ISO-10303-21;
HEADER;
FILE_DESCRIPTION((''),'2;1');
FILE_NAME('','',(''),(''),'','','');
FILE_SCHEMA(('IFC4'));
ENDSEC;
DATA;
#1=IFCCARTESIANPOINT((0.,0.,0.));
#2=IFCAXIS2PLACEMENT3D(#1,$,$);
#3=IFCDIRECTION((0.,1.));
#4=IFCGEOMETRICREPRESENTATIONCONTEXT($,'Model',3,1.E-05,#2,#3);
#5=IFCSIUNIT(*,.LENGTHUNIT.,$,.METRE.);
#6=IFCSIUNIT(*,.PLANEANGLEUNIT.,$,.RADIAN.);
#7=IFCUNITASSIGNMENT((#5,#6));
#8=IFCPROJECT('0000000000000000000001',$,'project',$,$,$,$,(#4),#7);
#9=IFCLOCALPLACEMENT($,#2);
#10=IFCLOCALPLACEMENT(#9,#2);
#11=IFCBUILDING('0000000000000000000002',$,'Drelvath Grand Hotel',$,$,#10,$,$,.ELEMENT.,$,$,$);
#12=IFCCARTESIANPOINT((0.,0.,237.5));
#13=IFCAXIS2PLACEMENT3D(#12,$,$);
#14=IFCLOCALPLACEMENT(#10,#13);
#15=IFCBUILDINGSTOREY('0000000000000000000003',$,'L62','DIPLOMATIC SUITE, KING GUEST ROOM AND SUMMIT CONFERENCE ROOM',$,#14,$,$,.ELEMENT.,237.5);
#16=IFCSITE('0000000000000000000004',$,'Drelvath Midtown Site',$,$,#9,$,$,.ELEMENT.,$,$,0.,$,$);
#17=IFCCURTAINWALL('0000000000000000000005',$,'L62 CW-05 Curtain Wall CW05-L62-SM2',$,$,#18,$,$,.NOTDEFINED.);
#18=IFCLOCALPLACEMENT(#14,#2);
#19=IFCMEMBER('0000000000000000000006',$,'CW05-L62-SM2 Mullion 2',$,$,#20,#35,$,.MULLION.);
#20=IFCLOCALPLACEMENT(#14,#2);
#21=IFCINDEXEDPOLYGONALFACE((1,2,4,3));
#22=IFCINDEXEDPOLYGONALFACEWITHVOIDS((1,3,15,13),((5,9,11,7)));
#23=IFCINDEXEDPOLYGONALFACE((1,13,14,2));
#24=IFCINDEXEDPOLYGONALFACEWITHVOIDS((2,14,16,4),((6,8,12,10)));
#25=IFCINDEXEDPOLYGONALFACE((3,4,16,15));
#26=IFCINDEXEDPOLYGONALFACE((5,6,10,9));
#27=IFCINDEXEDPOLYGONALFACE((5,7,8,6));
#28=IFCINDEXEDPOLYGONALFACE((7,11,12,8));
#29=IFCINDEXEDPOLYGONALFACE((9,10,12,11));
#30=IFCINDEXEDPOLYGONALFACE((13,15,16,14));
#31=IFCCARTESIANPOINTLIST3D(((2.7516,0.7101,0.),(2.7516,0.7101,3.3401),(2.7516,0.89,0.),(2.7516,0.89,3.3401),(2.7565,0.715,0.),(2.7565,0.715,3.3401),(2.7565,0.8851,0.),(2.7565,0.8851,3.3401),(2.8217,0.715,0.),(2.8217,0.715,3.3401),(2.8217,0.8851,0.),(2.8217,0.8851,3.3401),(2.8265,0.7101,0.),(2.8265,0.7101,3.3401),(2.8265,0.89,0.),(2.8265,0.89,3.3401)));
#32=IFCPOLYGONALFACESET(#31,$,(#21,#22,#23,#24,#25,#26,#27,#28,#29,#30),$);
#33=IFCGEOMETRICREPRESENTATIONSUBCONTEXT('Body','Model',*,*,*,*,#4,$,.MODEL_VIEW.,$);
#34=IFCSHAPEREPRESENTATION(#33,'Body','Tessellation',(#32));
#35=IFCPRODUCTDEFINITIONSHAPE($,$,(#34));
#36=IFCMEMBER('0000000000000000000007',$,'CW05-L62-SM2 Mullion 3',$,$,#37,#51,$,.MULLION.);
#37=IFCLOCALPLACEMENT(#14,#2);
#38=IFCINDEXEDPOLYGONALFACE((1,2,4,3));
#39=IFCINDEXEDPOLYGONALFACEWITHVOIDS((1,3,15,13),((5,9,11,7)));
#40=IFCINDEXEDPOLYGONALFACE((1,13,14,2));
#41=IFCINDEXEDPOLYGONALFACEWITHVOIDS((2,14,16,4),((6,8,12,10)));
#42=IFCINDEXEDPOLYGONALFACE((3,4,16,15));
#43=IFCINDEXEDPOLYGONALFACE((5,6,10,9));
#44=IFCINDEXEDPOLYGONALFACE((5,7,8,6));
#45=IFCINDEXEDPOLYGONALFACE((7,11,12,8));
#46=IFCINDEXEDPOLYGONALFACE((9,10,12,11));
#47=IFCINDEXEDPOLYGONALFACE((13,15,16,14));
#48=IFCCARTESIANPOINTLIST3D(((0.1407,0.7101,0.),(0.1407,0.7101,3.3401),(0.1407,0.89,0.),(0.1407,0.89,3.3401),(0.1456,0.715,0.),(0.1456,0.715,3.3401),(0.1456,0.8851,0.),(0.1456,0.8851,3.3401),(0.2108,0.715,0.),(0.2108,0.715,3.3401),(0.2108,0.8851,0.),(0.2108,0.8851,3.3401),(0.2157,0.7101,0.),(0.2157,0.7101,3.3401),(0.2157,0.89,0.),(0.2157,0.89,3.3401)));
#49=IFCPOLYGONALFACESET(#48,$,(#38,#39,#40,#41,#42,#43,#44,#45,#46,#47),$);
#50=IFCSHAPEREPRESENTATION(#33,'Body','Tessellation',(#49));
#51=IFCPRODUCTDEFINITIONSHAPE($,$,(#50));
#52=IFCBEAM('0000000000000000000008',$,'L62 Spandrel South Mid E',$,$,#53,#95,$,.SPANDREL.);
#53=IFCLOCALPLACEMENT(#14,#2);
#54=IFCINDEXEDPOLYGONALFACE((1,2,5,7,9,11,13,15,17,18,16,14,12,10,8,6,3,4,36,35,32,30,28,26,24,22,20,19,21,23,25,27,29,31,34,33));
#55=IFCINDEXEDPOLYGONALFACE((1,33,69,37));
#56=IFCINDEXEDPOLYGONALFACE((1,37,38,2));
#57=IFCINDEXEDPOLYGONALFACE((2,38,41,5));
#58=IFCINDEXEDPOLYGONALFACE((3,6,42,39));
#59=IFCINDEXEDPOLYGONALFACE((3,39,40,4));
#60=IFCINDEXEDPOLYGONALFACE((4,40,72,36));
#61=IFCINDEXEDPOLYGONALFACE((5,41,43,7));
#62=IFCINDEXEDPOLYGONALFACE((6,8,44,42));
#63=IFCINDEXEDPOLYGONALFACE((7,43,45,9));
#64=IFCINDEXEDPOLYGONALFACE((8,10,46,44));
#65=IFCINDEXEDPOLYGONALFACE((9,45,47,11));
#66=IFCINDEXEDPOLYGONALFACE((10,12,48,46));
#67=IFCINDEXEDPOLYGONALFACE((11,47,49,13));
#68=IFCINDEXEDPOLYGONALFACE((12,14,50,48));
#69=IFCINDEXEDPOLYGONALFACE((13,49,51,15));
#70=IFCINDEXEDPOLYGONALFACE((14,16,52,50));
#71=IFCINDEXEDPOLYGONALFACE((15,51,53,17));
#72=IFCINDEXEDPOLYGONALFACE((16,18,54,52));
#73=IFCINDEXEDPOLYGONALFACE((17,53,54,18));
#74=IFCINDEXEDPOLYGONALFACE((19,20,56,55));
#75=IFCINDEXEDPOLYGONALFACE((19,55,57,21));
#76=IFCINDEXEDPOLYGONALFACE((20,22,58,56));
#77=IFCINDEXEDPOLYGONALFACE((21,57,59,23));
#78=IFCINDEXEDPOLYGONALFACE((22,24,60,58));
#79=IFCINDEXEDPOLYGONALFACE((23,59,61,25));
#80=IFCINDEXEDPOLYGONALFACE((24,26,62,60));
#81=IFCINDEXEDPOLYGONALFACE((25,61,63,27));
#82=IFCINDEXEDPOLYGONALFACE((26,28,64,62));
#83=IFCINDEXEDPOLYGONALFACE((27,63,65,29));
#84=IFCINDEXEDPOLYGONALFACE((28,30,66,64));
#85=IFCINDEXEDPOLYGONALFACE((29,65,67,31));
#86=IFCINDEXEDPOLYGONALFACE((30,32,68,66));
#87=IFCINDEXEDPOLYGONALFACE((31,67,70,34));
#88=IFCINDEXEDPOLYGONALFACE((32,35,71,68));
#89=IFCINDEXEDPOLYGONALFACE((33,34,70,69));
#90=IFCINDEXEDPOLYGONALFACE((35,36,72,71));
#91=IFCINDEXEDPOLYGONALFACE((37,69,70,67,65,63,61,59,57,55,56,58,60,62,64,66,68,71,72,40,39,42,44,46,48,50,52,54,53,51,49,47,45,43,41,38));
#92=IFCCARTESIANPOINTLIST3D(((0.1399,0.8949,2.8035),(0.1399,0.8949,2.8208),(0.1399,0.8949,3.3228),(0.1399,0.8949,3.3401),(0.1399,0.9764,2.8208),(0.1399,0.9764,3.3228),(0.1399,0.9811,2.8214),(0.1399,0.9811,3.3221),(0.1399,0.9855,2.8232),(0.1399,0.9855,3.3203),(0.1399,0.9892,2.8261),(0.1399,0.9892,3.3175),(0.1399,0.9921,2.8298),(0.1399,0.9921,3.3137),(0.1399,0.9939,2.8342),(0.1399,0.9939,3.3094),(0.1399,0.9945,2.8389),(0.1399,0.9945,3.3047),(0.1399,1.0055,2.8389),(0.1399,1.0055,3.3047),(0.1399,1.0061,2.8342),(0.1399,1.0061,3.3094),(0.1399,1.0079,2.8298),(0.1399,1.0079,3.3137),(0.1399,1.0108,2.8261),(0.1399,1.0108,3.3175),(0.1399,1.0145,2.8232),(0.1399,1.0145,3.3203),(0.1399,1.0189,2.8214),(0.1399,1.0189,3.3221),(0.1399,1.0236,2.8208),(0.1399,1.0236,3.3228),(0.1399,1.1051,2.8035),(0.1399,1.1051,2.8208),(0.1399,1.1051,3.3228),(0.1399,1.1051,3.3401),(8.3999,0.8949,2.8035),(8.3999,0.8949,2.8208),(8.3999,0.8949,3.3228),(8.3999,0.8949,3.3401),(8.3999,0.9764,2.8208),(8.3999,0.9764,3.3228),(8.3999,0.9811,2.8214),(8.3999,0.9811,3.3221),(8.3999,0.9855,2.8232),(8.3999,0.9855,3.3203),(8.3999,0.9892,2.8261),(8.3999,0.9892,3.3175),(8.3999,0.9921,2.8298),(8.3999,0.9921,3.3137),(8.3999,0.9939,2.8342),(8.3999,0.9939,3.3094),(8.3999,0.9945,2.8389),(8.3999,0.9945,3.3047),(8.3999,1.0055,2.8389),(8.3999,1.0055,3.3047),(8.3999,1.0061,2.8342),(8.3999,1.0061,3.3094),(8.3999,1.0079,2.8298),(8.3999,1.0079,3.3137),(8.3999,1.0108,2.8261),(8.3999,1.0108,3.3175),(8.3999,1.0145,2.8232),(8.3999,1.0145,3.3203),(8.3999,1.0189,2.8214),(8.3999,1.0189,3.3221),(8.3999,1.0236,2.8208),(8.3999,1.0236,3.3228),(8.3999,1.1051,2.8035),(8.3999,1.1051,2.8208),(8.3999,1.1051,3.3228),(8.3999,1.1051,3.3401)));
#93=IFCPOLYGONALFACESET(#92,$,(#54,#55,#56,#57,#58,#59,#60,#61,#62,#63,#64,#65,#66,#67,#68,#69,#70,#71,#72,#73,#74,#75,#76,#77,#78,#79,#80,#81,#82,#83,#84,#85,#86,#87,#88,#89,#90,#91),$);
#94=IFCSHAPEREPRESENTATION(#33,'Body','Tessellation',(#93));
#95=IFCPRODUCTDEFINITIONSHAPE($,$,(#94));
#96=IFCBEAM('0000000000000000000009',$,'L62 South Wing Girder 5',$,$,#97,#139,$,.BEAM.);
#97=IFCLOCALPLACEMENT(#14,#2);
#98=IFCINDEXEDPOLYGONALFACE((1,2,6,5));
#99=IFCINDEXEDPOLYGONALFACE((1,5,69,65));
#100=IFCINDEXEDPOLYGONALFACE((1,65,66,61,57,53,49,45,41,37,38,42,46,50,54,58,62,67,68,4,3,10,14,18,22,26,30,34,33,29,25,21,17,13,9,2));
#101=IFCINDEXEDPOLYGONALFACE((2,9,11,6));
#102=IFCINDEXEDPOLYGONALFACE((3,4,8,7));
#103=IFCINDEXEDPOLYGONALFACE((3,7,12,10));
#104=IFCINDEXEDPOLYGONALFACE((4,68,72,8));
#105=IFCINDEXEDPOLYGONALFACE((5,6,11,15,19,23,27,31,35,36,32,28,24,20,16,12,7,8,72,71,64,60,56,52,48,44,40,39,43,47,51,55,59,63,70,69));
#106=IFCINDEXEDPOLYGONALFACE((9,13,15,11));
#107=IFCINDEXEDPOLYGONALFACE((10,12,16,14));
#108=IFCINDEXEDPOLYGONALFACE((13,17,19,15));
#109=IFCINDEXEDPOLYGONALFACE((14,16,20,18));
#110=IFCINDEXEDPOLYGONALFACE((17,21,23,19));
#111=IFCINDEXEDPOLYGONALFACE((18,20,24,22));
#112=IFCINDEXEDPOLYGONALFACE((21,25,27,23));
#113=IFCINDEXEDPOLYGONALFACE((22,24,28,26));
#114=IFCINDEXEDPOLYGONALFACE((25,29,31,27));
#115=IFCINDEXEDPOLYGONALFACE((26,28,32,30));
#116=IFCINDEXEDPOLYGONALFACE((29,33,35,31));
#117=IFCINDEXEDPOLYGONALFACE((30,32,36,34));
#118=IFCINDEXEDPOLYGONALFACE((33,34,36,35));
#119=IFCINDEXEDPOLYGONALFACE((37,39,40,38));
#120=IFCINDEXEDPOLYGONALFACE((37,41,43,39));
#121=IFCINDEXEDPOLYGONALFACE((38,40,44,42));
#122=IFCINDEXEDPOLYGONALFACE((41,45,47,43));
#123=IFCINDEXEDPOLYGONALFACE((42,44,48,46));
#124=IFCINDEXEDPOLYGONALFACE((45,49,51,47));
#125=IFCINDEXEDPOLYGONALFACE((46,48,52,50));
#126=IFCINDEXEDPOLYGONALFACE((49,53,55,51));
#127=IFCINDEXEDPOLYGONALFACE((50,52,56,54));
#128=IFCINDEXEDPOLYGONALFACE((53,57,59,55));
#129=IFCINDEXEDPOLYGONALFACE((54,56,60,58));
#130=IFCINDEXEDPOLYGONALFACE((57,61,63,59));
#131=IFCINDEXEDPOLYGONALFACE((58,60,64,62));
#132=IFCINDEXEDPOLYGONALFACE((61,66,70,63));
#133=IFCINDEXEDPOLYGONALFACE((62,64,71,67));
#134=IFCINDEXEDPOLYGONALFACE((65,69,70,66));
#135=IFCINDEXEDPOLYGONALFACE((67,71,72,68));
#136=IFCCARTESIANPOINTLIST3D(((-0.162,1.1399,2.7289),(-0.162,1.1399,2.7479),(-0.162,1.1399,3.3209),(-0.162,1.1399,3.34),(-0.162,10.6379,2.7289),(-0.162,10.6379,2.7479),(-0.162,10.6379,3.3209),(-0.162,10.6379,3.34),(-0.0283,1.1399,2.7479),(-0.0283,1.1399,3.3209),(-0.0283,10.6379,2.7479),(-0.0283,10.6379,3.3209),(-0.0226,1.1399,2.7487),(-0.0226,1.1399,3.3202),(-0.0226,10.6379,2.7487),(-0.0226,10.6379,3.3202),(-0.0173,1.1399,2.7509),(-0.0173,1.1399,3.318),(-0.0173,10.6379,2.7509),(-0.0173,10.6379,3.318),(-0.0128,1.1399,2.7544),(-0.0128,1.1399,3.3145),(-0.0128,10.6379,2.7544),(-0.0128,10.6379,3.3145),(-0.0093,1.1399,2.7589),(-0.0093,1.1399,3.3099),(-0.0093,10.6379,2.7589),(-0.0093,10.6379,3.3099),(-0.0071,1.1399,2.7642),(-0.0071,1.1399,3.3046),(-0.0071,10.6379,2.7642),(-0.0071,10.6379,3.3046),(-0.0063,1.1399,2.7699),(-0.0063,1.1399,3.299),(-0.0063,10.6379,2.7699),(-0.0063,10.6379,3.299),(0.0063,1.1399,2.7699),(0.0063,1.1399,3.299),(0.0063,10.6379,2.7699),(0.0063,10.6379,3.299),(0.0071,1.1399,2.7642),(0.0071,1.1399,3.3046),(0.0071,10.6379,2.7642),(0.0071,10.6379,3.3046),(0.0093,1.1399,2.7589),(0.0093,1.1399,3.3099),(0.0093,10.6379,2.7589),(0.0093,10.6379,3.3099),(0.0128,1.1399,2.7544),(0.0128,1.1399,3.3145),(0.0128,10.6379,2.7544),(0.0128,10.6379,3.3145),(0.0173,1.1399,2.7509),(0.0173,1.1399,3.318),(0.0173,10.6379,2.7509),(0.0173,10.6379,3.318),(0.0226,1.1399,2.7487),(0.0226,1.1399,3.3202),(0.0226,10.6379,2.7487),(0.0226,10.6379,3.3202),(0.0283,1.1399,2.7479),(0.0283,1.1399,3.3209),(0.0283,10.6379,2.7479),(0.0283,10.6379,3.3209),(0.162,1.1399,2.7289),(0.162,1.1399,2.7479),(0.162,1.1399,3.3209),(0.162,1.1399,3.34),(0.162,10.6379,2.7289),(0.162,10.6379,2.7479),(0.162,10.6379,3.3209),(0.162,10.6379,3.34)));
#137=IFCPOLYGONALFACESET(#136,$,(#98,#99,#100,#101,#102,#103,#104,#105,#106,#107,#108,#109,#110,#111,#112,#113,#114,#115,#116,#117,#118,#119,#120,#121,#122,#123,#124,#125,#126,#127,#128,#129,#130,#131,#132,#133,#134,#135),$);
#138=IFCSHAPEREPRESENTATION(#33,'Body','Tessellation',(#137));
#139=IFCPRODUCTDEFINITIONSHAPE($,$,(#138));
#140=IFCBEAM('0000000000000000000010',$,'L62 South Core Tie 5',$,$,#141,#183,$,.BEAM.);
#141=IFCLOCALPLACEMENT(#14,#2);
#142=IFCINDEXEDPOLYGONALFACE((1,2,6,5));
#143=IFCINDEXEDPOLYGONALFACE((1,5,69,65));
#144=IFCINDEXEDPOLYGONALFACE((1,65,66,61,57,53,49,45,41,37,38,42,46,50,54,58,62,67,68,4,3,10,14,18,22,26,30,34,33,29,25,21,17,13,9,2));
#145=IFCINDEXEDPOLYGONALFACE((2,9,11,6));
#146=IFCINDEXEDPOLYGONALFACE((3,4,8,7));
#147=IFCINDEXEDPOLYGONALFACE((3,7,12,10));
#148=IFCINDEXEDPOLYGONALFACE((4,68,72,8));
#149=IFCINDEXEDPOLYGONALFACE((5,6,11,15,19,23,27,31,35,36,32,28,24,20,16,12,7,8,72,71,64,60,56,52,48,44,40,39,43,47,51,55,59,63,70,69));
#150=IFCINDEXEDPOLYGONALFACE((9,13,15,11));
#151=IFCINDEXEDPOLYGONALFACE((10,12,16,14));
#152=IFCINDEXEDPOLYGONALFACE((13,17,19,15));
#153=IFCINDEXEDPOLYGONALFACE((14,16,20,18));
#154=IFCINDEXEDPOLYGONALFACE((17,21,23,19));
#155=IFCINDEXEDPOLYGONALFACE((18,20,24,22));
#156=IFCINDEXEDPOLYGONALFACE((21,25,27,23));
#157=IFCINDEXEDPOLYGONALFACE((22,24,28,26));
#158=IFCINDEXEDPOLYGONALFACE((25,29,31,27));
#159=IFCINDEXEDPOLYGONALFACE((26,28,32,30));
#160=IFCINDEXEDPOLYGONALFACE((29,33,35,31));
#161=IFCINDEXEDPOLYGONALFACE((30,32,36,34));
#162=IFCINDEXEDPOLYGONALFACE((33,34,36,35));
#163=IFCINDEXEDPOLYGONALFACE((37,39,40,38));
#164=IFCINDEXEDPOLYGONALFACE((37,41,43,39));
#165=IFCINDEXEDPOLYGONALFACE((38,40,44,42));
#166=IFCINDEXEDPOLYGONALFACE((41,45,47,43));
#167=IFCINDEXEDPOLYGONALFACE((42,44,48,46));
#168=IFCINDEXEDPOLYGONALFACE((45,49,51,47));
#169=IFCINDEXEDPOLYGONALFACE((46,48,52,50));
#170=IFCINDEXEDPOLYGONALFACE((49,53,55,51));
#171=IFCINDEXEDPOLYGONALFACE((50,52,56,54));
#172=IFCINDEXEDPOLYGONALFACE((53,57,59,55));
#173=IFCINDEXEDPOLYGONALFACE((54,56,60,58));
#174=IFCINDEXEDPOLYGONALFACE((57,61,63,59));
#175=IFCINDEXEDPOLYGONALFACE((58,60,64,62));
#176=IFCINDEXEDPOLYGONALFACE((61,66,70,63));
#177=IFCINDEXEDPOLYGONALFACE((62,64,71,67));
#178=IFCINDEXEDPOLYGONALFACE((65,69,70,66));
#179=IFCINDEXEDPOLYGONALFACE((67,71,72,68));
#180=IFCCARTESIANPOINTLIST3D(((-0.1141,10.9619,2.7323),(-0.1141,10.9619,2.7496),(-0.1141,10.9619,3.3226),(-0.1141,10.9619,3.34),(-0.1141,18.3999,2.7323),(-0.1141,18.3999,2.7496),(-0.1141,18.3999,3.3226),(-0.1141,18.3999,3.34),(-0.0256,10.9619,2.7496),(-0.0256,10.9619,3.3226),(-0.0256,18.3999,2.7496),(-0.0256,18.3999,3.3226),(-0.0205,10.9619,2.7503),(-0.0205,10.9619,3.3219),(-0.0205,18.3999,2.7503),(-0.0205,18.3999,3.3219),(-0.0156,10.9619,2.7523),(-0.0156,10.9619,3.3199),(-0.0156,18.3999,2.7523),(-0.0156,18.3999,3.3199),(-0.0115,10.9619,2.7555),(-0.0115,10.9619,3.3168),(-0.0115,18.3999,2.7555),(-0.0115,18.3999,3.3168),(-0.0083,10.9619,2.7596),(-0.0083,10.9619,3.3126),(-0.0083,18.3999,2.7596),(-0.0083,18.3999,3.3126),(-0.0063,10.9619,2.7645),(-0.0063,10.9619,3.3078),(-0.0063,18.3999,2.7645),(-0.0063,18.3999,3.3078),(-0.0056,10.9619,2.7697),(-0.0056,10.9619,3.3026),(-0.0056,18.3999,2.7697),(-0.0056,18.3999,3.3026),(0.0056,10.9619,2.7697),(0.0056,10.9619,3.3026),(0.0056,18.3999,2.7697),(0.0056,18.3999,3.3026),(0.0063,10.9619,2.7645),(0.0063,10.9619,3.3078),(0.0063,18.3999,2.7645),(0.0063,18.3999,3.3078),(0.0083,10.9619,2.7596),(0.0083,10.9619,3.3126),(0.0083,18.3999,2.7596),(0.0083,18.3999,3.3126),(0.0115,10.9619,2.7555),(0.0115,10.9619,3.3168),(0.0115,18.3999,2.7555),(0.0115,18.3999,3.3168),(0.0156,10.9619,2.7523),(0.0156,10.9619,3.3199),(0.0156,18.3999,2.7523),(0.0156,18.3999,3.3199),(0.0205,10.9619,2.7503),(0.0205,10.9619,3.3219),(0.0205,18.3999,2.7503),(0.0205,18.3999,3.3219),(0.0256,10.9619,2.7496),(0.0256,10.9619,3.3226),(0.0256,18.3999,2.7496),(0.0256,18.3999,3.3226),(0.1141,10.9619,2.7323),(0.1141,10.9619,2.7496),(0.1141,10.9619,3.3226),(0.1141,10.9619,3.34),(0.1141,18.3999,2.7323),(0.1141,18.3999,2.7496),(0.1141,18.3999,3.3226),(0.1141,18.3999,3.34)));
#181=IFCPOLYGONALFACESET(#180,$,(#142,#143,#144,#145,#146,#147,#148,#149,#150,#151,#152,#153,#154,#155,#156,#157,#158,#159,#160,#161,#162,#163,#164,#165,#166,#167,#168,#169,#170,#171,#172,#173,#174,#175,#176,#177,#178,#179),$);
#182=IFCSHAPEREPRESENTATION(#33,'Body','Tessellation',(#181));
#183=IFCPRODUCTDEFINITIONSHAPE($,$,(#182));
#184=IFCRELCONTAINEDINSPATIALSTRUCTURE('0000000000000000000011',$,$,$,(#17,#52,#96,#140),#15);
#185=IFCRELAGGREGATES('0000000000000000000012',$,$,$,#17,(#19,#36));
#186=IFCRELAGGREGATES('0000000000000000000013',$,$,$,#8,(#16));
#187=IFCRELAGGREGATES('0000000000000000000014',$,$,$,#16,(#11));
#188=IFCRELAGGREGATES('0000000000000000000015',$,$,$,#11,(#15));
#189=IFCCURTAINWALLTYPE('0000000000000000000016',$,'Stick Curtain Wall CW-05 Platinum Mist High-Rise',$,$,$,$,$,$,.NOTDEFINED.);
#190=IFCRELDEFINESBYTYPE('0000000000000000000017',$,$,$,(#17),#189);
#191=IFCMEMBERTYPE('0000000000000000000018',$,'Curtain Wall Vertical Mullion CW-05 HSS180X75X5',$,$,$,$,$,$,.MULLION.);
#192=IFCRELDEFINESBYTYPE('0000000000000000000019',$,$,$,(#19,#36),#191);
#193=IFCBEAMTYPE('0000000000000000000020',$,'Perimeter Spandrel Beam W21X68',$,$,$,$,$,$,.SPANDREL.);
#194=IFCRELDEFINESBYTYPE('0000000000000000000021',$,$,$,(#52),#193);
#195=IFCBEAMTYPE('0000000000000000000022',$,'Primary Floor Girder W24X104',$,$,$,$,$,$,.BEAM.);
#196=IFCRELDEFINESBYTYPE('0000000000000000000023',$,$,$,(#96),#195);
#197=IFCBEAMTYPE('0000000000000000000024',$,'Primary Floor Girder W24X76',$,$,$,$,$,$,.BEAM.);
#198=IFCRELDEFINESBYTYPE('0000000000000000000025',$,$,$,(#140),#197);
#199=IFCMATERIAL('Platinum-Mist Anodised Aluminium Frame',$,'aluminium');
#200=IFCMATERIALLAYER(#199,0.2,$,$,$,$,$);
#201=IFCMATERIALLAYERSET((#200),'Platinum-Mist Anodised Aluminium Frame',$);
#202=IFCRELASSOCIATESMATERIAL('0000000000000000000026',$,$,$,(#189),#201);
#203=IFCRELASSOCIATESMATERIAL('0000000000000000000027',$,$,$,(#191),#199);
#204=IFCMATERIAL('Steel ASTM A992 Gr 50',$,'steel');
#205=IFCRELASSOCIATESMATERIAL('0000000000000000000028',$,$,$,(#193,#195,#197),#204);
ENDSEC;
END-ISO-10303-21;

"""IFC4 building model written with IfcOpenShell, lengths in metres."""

from ifc_helpers import new_model, si_unit, direction, frame, origin, origin_2d, place, context, subcontext, project, spatial, hollow_rectangle, i_section, extrude, material, layer, layer_set, material_profile, profile_set, type_object, element, aggregate, save


model = new_model("IFC4")

# Units and contexts
model_context = context("Model", 3, precision=1e-05, world=origin(), true_north=direction((0.0, 1.0)))
body_context = subcontext(model_context, "Body", "Model", "MODEL_VIEW")
ifc_project = project(units=[si_unit("LENGTHUNIT", "METRE"), si_unit("PLANEANGLEUNIT", "RADIAN")], contexts=[model_context])

# Site, building, storey
site_placement = place(None, origin())
site = spatial("IfcSite", under=ifc_project, at=site_placement, Name="Drelvath Midtown Site", CompositionType="ELEMENT", RefElevation=0.0)
building_placement = place(site_placement, origin())
building = spatial("IfcBuilding", under=site, at=building_placement, Name="Drelvath Grand Hotel", CompositionType="ELEMENT")
storey_placement = place(building_placement, frame((0.0, 0.0, 237.5)))
storey = spatial("IfcBuildingStorey", under=building, at=storey_placement, Name="L62", Description="DIPLOMATIC SUITE, KING GUEST ROOM AND SUMMIT CONFERENCE ROOM", CompositionType="ELEMENT", Elevation=237.5)

# Curtain wall
ifc_material_1 = material(Name="Platinum-Mist Anodised Aluminium Frame", Category="aluminium")
ifc_layer_1 = layer(ifc_material_1, 0.2)
ifc_layer_set_1 = layer_set([ifc_layer_1], Name="Platinum-Mist Anodised Aluminium Frame")
curtain_wall_type = type_object("IfcCurtainWallType", Name="Stick Curtain Wall CW-05 Platinum Mist High-Rise", PredefinedType="NOTDEFINED", material=ifc_layer_set_1)
curtain_wall_1_placement = place(storey_placement, origin())
curtain_wall_1 = element("IfcCurtainWall", 1, at=curtain_wall_1_placement, inside=storey, type_object=curtain_wall_type, Name="L62 CW-05 Curtain Wall CW05-L62-SM2", PredefinedType="NOTDEFINED")

# Members
ifc_material_profile_1 = material_profile(ifc_material_1, hollow_rectangle(XDim=0.075, YDim=0.1799, WallThickness=0.0049, at=origin_2d()), Name="HSS180X75X5")
ifc_profile_set_1 = profile_set([ifc_material_profile_1], Name="Platinum-Mist Anodised Aluminium Frame")
member_type_1 = type_object("IfcMemberType", Name="Curtain Wall Vertical Mullion CW-05 HSS180X75X5", PredefinedType="MULLION", material=ifc_profile_set_1)
member_1_placement = place(storey_placement, frame((2.7891, 0.8, 0.0), z_axis=(0.0, 0.0, 1.0), x_axis=(1.0, 0.0, 0.0)))
member_1 = element("IfcMember", 2, at=member_1_placement, type_object=member_type_1, Name="CW05-L62-SM2 Mullion 2", PredefinedType="MULLION", context=body_context, shape_type="SweptSolid", body=[
    extrude(hollow_rectangle(XDim=0.075, YDim=0.1799, WallThickness=0.0049, at=origin_2d()), origin(), (0.0, 0.0, 1.0), 3.3401),
])
member_2_placement = place(storey_placement, frame((0.1782, 0.8, 0.0), z_axis=(0.0, 0.0, 1.0), x_axis=(1.0, 0.0, 0.0)))
member_2 = element("IfcMember", 3, at=member_2_placement, type_object=member_type_1, Name="CW05-L62-SM2 Mullion 3", PredefinedType="MULLION", context=body_context, shape_type="SweptSolid", body=[
    extrude(hollow_rectangle(XDim=0.075, YDim=0.1799, WallThickness=0.0049, at=origin_2d()), origin(), (0.0, 0.0, 1.0), 3.3401),
])

# Beams
ifc_material_2 = material(Name="Steel ASTM A992 Gr 50", Category="steel")
ifc_material_profile_2 = material_profile(ifc_material_2, i_section(OverallWidth=0.2102, OverallDepth=0.5366, WebThickness=0.011, FlangeThickness=0.0173, FilletRadius=0.0181, at=origin_2d()), Name="W21X68")
ifc_profile_set_2 = profile_set([ifc_material_profile_2], Name="Steel ASTM A992 Gr 50")
beam_type_1 = type_object("IfcBeamType", Name="Perimeter Spandrel Beam W21X68", PredefinedType="SPANDREL", material=ifc_profile_set_2)
beam_1_placement = place(storey_placement, frame((0.1399, 1.0, 3.0718), z_axis=(1.0, 0.0, 0.0), x_axis=(0.0, 1.0, 0.0)))
element("IfcBeam", 4, at=beam_1_placement, inside=storey, type_object=beam_type_1, Name="L62 Spandrel South Mid E", PredefinedType="SPANDREL", context=body_context, shape_type="SweptSolid", body=[
    extrude(i_section(OverallWidth=0.2102, OverallDepth=0.5366, WebThickness=0.011, FlangeThickness=0.0173, FilletRadius=0.0181, at=origin_2d()), origin(), (0.0, 0.0, 1.0), 8.26),
])
ifc_material_profile_3 = material_profile(ifc_material_2, i_section(OverallWidth=0.324, OverallDepth=0.6111, WebThickness=0.0127, FlangeThickness=0.019, FilletRadius=0.022, at=origin_2d()), Name="W24X104")
ifc_profile_set_3 = profile_set([ifc_material_profile_3], Name="Steel ASTM A992 Gr 50")
beam_type_2 = type_object("IfcBeamType", Name="Primary Floor Girder W24X104", PredefinedType="BEAM", material=ifc_profile_set_3)
beam_2_placement = place(storey_placement, frame((0.0, 1.1399, 3.0344), z_axis=(0.0, 1.0, 0.0), x_axis=(-1.0, 0.0, 0.0)))
element("IfcBeam", 5, at=beam_2_placement, inside=storey, type_object=beam_type_2, Name="L62 South Wing Girder 5", PredefinedType="BEAM", context=body_context, shape_type="SweptSolid", body=[
    extrude(i_section(OverallWidth=0.324, OverallDepth=0.6111, WebThickness=0.0127, FlangeThickness=0.019, FilletRadius=0.022, at=origin_2d()), origin(), (0.0, 0.0, 1.0), 9.498),
])
ifc_material_profile_4 = material_profile(ifc_material_2, i_section(OverallWidth=0.2283, OverallDepth=0.6077, WebThickness=0.0112, FlangeThickness=0.0173, FilletRadius=0.02, at=origin_2d()), Name="W24X76")
ifc_profile_set_4 = profile_set([ifc_material_profile_4], Name="Steel ASTM A992 Gr 50")
beam_type_3 = type_object("IfcBeamType", Name="Primary Floor Girder W24X76", PredefinedType="BEAM", material=ifc_profile_set_4)
beam_3_placement = place(storey_placement, frame((0.0, 10.9619, 3.0361), z_axis=(0.0, 1.0, 0.0), x_axis=(-1.0, 0.0, 0.0)))
element("IfcBeam", 6, at=beam_3_placement, inside=storey, type_object=beam_type_3, Name="L62 South Core Tie 5", PredefinedType="BEAM", context=body_context, shape_type="SweptSolid", body=[
    extrude(i_section(OverallWidth=0.2283, OverallDepth=0.6077, WebThickness=0.0112, FlangeThickness=0.0173, FilletRadius=0.02, at=origin_2d()), origin(), (0.0, 0.0, 1.0), 7.438),
])

aggregate(curtain_wall_1, [member_1, member_2])

save(model, "model.ifc")
